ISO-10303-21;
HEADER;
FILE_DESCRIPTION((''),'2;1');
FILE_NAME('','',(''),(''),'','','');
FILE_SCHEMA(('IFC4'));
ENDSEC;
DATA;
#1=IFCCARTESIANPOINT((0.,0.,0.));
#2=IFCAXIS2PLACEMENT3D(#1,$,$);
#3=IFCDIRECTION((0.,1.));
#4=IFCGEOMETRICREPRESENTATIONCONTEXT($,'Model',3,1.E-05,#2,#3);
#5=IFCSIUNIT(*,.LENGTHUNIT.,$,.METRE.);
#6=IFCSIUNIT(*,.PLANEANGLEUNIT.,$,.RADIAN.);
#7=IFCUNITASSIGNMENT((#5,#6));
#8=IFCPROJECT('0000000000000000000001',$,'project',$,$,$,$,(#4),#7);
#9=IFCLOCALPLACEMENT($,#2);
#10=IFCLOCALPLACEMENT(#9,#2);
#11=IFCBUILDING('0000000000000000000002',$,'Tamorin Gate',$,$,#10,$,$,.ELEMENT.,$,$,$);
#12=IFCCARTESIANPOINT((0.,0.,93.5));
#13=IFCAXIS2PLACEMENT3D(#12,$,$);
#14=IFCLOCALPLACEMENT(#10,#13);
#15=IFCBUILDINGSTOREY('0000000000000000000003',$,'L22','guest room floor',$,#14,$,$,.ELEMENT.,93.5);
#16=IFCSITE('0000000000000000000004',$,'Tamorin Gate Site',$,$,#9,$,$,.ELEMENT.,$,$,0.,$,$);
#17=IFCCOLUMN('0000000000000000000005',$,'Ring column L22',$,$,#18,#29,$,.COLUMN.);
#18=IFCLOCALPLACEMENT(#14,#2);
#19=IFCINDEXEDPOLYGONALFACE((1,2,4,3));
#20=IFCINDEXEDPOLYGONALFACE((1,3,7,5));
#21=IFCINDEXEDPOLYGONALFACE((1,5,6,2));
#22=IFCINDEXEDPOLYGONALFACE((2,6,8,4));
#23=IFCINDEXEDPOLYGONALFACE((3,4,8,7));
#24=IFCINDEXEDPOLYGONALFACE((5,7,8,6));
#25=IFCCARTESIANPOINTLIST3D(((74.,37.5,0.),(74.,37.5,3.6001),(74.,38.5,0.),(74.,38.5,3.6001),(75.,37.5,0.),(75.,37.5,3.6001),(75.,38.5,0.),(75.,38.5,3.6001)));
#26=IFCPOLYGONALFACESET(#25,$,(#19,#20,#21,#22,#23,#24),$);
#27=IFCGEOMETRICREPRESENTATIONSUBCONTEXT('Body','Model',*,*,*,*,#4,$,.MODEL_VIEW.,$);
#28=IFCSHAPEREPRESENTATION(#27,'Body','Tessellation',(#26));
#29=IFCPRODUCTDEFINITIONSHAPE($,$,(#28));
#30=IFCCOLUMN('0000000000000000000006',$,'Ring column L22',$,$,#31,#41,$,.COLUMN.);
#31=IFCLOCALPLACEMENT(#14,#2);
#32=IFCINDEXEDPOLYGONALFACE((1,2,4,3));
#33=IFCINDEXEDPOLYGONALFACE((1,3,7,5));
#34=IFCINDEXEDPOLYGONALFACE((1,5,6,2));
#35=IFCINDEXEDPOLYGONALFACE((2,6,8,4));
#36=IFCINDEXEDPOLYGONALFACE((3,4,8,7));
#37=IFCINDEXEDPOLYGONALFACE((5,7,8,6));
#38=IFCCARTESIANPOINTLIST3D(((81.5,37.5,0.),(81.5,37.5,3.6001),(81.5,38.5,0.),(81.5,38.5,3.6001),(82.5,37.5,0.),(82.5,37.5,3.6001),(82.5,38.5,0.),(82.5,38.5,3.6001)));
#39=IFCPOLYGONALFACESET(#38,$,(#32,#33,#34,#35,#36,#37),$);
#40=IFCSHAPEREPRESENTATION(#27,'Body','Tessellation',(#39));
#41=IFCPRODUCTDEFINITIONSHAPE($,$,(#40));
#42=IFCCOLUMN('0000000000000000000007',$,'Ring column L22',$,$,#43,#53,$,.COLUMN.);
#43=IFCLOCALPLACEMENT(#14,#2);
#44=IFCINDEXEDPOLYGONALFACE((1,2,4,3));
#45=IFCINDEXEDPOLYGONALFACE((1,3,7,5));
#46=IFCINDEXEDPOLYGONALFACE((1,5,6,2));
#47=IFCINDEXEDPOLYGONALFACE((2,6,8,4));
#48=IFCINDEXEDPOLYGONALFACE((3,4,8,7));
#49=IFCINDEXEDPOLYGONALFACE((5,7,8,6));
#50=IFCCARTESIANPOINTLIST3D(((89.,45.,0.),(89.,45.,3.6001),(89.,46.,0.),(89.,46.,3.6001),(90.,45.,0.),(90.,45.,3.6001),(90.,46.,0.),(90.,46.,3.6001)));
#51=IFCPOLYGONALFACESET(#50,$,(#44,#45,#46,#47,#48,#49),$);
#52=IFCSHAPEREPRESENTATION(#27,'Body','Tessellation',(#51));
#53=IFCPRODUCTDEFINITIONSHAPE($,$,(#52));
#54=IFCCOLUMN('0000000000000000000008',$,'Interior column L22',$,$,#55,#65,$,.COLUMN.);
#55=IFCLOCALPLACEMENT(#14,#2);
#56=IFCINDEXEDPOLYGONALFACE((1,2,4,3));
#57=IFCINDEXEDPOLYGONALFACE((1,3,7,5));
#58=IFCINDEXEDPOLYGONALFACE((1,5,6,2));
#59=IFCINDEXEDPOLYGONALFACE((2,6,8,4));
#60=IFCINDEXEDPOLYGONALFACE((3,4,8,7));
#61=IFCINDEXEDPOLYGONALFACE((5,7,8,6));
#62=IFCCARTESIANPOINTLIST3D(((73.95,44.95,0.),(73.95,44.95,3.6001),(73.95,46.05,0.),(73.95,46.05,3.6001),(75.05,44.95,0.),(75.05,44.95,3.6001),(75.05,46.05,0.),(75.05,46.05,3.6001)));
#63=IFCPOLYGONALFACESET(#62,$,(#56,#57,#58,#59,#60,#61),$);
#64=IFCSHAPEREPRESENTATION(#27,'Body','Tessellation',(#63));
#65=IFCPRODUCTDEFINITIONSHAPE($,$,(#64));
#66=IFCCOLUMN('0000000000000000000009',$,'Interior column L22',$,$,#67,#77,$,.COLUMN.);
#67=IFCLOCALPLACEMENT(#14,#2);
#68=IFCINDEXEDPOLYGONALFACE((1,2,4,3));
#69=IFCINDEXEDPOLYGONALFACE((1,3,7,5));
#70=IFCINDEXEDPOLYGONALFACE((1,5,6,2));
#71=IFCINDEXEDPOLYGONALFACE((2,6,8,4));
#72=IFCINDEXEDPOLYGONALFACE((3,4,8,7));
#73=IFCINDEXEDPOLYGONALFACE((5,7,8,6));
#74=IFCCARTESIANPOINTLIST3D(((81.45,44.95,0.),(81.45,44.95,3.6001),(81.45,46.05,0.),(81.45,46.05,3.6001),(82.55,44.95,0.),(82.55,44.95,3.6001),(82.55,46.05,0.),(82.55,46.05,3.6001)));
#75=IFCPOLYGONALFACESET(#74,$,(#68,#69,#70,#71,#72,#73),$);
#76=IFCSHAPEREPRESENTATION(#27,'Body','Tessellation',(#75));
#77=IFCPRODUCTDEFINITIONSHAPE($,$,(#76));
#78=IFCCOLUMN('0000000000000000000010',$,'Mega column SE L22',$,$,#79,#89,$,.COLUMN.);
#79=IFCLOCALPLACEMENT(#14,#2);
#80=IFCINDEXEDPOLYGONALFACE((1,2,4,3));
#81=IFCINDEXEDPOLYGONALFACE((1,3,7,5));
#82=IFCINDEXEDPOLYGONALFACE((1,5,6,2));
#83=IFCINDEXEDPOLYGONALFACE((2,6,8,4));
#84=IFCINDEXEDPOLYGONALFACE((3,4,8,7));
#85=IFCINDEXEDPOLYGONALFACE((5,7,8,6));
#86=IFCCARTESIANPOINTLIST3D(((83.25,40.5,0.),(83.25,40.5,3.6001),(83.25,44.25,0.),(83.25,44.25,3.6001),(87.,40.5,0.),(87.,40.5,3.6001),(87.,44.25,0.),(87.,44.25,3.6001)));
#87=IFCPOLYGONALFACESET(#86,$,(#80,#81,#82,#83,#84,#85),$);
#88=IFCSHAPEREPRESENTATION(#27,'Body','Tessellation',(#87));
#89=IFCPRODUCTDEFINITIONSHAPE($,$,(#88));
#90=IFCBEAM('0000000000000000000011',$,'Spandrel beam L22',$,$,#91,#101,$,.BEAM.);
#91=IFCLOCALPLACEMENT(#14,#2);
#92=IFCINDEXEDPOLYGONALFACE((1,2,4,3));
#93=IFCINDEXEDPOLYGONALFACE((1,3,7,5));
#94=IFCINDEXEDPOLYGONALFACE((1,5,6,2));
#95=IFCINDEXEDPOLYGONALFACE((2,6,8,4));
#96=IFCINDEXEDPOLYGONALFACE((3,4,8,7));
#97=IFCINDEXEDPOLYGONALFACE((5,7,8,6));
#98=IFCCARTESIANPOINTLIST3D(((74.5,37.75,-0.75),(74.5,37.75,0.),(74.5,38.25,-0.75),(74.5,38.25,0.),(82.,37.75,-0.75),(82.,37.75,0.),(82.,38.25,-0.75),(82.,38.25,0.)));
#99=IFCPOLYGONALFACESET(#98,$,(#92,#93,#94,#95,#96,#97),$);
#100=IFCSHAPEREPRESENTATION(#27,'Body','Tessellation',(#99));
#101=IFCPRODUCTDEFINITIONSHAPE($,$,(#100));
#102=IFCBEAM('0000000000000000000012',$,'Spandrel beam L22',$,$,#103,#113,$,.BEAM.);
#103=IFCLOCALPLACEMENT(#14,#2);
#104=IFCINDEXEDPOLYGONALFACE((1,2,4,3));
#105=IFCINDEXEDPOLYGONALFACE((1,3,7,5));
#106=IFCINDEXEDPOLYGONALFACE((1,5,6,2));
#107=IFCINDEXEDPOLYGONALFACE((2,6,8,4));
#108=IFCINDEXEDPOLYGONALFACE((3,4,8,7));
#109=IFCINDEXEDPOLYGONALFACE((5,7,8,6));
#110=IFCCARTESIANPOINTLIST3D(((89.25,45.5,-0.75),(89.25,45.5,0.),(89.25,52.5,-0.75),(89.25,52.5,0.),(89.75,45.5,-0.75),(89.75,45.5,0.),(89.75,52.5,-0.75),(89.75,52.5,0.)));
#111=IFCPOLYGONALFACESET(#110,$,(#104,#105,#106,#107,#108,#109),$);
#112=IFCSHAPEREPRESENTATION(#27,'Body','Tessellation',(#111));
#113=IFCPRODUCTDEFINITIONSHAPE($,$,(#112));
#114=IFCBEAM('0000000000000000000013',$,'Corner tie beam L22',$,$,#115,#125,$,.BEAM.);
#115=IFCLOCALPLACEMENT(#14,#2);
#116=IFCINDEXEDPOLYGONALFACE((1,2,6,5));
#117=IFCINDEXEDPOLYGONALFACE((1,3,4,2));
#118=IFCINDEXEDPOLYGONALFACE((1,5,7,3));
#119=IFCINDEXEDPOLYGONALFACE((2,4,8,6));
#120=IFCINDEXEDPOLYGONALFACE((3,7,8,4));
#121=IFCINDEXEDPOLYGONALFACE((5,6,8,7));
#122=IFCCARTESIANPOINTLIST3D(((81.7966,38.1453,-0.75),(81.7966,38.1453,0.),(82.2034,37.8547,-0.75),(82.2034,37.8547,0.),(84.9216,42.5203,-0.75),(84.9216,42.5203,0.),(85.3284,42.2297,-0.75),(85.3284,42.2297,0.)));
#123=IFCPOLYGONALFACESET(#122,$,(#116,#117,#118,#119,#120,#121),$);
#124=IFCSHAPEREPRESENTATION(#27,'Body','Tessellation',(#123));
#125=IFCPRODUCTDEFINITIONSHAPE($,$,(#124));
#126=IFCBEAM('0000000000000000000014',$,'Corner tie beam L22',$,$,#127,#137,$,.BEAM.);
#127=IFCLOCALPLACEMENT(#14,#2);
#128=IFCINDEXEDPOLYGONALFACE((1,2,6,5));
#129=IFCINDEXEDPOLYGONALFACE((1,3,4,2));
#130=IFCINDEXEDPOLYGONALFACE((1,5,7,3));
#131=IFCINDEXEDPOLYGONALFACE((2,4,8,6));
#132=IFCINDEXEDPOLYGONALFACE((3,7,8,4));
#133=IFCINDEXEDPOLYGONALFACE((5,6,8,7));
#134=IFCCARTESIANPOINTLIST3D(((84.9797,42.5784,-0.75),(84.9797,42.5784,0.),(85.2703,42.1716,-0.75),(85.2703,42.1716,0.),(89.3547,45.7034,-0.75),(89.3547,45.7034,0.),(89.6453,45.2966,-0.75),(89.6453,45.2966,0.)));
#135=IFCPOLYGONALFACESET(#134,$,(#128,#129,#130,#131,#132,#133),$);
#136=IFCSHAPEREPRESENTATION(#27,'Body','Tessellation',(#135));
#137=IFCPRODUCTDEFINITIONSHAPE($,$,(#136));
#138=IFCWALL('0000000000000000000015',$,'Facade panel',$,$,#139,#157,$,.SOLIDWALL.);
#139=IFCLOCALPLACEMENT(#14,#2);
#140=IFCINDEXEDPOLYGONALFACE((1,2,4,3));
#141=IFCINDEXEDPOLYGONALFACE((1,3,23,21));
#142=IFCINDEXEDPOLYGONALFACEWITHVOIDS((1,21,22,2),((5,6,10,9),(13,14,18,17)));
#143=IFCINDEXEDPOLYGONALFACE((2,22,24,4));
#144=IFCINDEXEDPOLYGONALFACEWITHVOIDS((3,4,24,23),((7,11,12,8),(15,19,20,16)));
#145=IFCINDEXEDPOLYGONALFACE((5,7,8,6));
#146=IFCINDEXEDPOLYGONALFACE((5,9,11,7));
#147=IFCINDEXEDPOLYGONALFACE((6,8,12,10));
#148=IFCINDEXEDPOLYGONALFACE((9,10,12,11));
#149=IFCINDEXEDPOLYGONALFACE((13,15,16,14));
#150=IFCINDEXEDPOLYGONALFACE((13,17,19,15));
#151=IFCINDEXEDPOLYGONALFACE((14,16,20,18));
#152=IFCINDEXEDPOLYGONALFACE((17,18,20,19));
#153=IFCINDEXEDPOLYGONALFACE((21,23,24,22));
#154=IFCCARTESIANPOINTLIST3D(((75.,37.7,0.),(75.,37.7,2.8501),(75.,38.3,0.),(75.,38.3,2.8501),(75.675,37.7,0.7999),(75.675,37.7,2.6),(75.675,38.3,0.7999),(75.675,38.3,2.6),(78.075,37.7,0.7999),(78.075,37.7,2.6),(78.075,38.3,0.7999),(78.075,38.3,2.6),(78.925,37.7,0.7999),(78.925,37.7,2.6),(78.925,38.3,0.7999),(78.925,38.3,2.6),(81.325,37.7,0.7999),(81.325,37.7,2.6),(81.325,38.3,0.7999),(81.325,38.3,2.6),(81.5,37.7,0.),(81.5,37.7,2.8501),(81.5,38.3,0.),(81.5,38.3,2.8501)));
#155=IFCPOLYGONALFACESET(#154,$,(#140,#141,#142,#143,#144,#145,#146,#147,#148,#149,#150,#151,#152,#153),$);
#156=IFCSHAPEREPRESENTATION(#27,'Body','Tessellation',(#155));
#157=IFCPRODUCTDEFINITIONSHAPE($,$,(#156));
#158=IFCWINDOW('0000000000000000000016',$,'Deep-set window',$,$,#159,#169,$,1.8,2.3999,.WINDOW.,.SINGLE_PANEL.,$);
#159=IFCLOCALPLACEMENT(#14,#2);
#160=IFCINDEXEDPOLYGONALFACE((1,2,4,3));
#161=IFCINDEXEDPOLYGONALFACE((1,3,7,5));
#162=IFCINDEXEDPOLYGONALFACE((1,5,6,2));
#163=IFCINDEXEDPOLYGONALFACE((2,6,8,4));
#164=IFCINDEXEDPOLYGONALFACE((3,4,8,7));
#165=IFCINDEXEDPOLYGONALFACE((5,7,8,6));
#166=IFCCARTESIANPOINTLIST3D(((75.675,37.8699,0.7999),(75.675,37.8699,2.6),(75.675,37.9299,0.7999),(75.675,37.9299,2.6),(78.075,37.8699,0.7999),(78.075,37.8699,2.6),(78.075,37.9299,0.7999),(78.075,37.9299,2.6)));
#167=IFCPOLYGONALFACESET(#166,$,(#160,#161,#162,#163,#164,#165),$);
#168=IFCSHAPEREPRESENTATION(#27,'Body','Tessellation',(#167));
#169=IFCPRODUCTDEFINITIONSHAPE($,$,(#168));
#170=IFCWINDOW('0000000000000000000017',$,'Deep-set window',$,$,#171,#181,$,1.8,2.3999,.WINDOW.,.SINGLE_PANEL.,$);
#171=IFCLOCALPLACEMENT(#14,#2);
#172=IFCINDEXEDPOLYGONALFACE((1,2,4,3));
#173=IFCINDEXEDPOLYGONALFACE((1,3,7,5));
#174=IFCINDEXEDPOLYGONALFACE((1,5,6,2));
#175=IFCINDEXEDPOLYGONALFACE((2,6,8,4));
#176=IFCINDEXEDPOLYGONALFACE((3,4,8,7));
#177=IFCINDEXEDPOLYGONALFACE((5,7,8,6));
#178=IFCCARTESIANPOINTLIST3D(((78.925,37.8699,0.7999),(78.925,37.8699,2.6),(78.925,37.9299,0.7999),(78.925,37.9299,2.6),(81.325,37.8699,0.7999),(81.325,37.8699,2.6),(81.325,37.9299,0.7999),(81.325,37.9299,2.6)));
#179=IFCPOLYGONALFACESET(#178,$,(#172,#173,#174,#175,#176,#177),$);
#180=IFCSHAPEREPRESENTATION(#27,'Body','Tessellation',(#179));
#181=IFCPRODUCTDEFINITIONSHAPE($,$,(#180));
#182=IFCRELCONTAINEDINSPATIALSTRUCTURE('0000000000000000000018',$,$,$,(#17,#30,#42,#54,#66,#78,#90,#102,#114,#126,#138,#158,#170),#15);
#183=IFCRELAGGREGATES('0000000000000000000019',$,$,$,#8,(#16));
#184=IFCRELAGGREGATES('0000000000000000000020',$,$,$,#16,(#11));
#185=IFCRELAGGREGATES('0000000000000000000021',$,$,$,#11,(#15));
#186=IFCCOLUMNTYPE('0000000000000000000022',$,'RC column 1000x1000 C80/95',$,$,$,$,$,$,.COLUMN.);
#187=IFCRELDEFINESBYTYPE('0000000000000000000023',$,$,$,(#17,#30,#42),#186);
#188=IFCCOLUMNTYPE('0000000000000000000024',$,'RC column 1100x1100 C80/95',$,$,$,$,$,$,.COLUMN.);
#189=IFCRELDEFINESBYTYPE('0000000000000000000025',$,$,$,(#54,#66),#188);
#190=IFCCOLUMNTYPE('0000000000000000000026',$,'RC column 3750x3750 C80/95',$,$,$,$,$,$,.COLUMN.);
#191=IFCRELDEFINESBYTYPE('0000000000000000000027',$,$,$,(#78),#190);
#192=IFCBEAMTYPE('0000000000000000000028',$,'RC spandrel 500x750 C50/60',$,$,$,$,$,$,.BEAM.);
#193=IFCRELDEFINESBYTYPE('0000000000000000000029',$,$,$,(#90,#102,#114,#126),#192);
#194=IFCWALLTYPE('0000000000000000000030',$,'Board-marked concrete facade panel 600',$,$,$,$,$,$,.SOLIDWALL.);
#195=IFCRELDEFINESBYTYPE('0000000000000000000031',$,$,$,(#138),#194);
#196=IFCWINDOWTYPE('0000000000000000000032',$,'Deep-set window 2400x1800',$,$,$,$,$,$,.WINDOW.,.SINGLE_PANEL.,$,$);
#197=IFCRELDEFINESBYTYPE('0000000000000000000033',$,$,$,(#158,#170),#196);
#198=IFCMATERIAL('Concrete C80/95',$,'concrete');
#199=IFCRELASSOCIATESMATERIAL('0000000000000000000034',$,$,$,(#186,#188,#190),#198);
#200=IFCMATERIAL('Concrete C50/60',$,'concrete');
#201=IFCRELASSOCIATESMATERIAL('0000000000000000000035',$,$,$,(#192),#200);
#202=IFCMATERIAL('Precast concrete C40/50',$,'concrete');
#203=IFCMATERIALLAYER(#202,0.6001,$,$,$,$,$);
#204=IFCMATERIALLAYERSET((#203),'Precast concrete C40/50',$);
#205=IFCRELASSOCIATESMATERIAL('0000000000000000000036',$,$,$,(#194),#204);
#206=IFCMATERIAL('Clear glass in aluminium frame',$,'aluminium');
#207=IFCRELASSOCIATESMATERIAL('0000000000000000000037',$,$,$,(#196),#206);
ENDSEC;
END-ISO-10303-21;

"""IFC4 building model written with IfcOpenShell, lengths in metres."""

from ifc_helpers import new_model, si_unit, direction, frame, frame_2d, origin, origin_2d, place, context, subcontext, project, spatial, rectangle, extrude, material, layer, layer_set, material_profile, profile_set, type_object, element, fill, save


model = new_model("IFC4")

# Units and contexts
model_context = context("Model", 3, precision=1e-05, world=origin(), true_north=direction((0.0, 1.0)))
body_context = subcontext(model_context, "Body", "Model", "MODEL_VIEW")
ifc_project = project(units=[si_unit("LENGTHUNIT", "METRE"), si_unit("PLANEANGLEUNIT", "RADIAN")], contexts=[model_context])

# Site, building, storey
site_placement = place(None, origin())
site = spatial("IfcSite", under=ifc_project, at=site_placement, Name="Tamorin Gate Site", CompositionType="ELEMENT", RefElevation=0.0)
building_placement = place(site_placement, origin())
building = spatial("IfcBuilding", under=site, at=building_placement, Name="Tamorin Gate", CompositionType="ELEMENT")
storey_placement = place(building_placement, frame((0.0, 0.0, 93.5)))
storey = spatial("IfcBuildingStorey", under=building, at=storey_placement, Name="L22", Description="guest room floor", CompositionType="ELEMENT", Elevation=93.5)

# Columns
ifc_material_1 = material(Name="Concrete C80/95", Category="concrete")
ifc_material_profile_1 = material_profile(ifc_material_1, rectangle(XDim=1.0, YDim=1.0, at=origin_2d()), Name="RC 1000x1000")
ifc_profile_set_1 = profile_set([ifc_material_profile_1], Name="Concrete C80/95")
column_type_1 = type_object("IfcColumnType", Name="RC column 1000x1000 C80/95", PredefinedType="COLUMN", material=ifc_profile_set_1)
for number, where, z_axis, x_axis, name in (
    (1, (74.5, 38.0, 0.0), (0.0, 0.0, 1.0), (1.0, 0.0, 0.0), "Ring column L22"),
    (2, (82.0, 38.0, 0.0), (0.0, 0.0, 1.0), (1.0, 0.0, 0.0), "Ring column L22"),
    (3, (89.5, 45.5, 0.0), (0.0, 0.0, 1.0), (1.0, 0.0, 0.0), "Ring column L22"),
):
    element("IfcColumn", number, at=place(storey_placement, frame(where, z_axis=z_axis, x_axis=x_axis)), inside=storey, type_object=column_type_1, Name=name, PredefinedType="COLUMN", context=body_context, shape_type="SweptSolid", body=[
        extrude(rectangle(XDim=1.0, YDim=1.0, at=origin_2d()), origin(), (0.0, 0.0, 1.0), 3.6001),
    ])
ifc_material_profile_2 = material_profile(ifc_material_1, rectangle(XDim=1.1001, YDim=1.1001, at=origin_2d()), Name="RC 1100x1100")
ifc_profile_set_2 = profile_set([ifc_material_profile_2], Name="Concrete C80/95")
column_type_2 = type_object("IfcColumnType", Name="RC column 1100x1100 C80/95", PredefinedType="COLUMN", material=ifc_profile_set_2)
for number, where, z_axis, x_axis, name in (
    (4, (74.5, 45.5, 0.0), (0.0, 0.0, 1.0), (1.0, 0.0, 0.0), "Interior column L22"),
    (5, (82.0, 45.5, 0.0), (0.0, 0.0, 1.0), (1.0, 0.0, 0.0), "Interior column L22"),
):
    element("IfcColumn", number, at=place(storey_placement, frame(where, z_axis=z_axis, x_axis=x_axis)), inside=storey, type_object=column_type_2, Name=name, PredefinedType="COLUMN", context=body_context, shape_type="SweptSolid", body=[
        extrude(rectangle(XDim=1.1001, YDim=1.1001, at=origin_2d()), origin(), (0.0, 0.0, 1.0), 3.6001),
    ])
ifc_material_profile_3 = material_profile(ifc_material_1, rectangle(XDim=3.75, YDim=3.75, at=origin_2d()), Name="RC 3750x3750")
ifc_profile_set_3 = profile_set([ifc_material_profile_3], Name="Concrete C80/95")
column_type_3 = type_object("IfcColumnType", Name="RC column 3750x3750 C80/95", PredefinedType="COLUMN", material=ifc_profile_set_3)
column_placement = place(storey_placement, frame((85.125, 42.375, 0.0), z_axis=(0.0, 0.0, 1.0), x_axis=(1.0, 0.0, 0.0)))
element("IfcColumn", 6, at=column_placement, inside=storey, type_object=column_type_3, Name="Mega column SE L22", PredefinedType="COLUMN", context=body_context, shape_type="SweptSolid", body=[
    extrude(rectangle(XDim=3.75, YDim=3.75, at=origin_2d()), origin(), (0.0, 0.0, 1.0), 3.6001),
])

# Beams
ifc_material_2 = material(Name="Concrete C50/60", Category="concrete")
ifc_material_profile_4 = material_profile(ifc_material_2, rectangle(XDim=0.5, YDim=0.75, at=origin_2d()), Name="RC 500x750")
ifc_profile_set_4 = profile_set([ifc_material_profile_4], Name="Concrete C50/60")
beam_type = type_object("IfcBeamType", Name="RC spandrel 500x750 C50/60", PredefinedType="BEAM", material=ifc_profile_set_4)
beam_1_placement = place(storey_placement, frame((74.5, 38.0, -0.375), z_axis=(1.0, 0.0, 0.0), x_axis=(0.0, 1.0, 0.0)))
element("IfcBeam", 7, at=beam_1_placement, inside=storey, type_object=beam_type, Name="Spandrel beam L22", PredefinedType="BEAM", context=body_context, shape_type="SweptSolid", body=[
    extrude(rectangle(XDim=0.5, YDim=0.75, at=origin_2d()), origin(), (0.0, 0.0, 1.0), 7.5),
])
beam_2_placement = place(storey_placement, frame((89.5, 45.5, -0.375), z_axis=(0.0, 1.0, 0.0), x_axis=(-1.0, 0.0, 0.0)))
element("IfcBeam", 8, at=beam_2_placement, inside=storey, type_object=beam_type, Name="Spandrel beam L22", PredefinedType="BEAM", context=body_context, shape_type="SweptSolid", body=[
    extrude(rectangle(XDim=0.5, YDim=0.75, at=origin_2d()), origin(), (0.0, 0.0, 1.0), 7.0),
])
for number, where, z_axis, x_axis, name in (
    (9, (85.125, 42.375, -0.375), (-0.581238, -0.813733, 0.0), (0.813733, -0.581238, 0.0), "Corner tie beam L22"),
    (10, (85.125, 42.375, -0.375), (0.813733, 0.581238, 0.0), (-0.581238, 0.813733, 0.0), "Corner tie beam L22"),
):
    element("IfcBeam", number, at=place(storey_placement, frame(where, z_axis=z_axis, x_axis=x_axis)), inside=storey, type_object=beam_type, Name=name, PredefinedType="BEAM", context=body_context, shape_type="SweptSolid", body=[
        extrude(rectangle(XDim=0.5, YDim=0.75, at=origin_2d()), origin(), (0.0, 0.0, 1.0), 5.3765),
    ])

# Wall, openings, windows
ifc_material_3 = material(Name="Precast concrete C40/50", Category="concrete")
ifc_layer_1 = layer(ifc_material_3, 0.6001)
ifc_layer_set_1 = layer_set([ifc_layer_1], Name="Precast concrete C40/50")
wall_type_1 = type_object("IfcWallType", Name="Board-marked concrete facade panel 600", PredefinedType="SOLIDWALL", material=ifc_layer_set_1)
wall_1_placement = place(storey_placement, frame((75.0, 38.0, 0.0), z_axis=(0.0, 0.0, 1.0), x_axis=(1.0, 0.0, 0.0)))
wall_1 = element("IfcWall", 11, at=wall_1_placement, inside=storey, type_object=wall_type_1, Name="Facade panel", PredefinedType="SOLIDWALL", context=body_context, shape_type="SweptSolid", body=[
    extrude(rectangle(XDim=6.5, YDim=0.6001, at=frame_2d((3.25, 0.0))), origin(), (0.0, 0.0, 1.0), 2.8501),
])
opening_1_placement = place(wall_1_placement, frame((0.675, 0.0, 0.8)))
opening_1 = element("IfcOpeningElement", 12, at=opening_1_placement, cuts=wall_1, PredefinedType="OPENING", context=body_context, shape_type="SweptSolid", body=[
    extrude(rectangle(XDim=2.3999, YDim=1.8, at=frame_2d((1.2, 0.8999))), frame((0.0, 0.3101, 0.0), z_axis=(0.0, -1.0, 0.0), x_axis=(1.0, 0.0, 0.0)), (0.0, 0.0, 1.0), 0.6201),
])
opening_2_placement = place(wall_1_placement, frame((3.925, 0.0, 0.8)))
opening_2 = element("IfcOpeningElement", 13, at=opening_2_placement, cuts=wall_1, PredefinedType="OPENING", context=body_context, shape_type="SweptSolid", body=[
    extrude(rectangle(XDim=2.3999, YDim=1.8, at=frame_2d((1.2, 0.8999))), frame((0.0, 0.3101, 0.0), z_axis=(0.0, -1.0, 0.0), x_axis=(1.0, 0.0, 0.0)), (0.0, 0.0, 1.0), 0.6201),
])
ifc_material_4 = material(Name="Clear glass in aluminium frame", Category="aluminium")
window_type = type_object("IfcWindowType", Name="Deep-set window 2400x1800", PartitioningType="SINGLE_PANEL", PredefinedType="WINDOW", material=ifc_material_4)
window_1_placement = place(opening_1_placement, origin())
window_1 = element("IfcWindow", 14, at=window_1_placement, inside=storey, type_object=window_type, Name="Deep-set window", OverallHeight=1.8, OverallWidth=2.3999, PartitioningType="SINGLE_PANEL", PredefinedType="WINDOW", context=body_context, shape_type="SweptSolid", body=[
    extrude(rectangle(XDim=2.3999, YDim=1.8, at=frame_2d((1.2, 0.8999))), frame((0.0, -0.0701, 0.0), z_axis=(0.0, -1.0, 0.0), x_axis=(1.0, 0.0, 0.0)), (0.0, 0.0, 1.0), 0.0601),
])
fill(opening_1, window_1)
window_2_placement = place(opening_2_placement, origin())
window_2 = element("IfcWindow", 15, at=window_2_placement, inside=storey, type_object=window_type, Name="Deep-set window", OverallHeight=1.8, OverallWidth=2.3999, PartitioningType="SINGLE_PANEL", PredefinedType="WINDOW", context=body_context, shape_type="SweptSolid", body=[
    extrude(rectangle(XDim=2.3999, YDim=1.8, at=frame_2d((1.2, 0.8999))), frame((0.0, -0.0701, 0.0), z_axis=(0.0, -1.0, 0.0), x_axis=(1.0, 0.0, 0.0)), (0.0, 0.0, 1.0), 0.0601),
])
fill(opening_2, window_2)

save(model, "model.ifc")
